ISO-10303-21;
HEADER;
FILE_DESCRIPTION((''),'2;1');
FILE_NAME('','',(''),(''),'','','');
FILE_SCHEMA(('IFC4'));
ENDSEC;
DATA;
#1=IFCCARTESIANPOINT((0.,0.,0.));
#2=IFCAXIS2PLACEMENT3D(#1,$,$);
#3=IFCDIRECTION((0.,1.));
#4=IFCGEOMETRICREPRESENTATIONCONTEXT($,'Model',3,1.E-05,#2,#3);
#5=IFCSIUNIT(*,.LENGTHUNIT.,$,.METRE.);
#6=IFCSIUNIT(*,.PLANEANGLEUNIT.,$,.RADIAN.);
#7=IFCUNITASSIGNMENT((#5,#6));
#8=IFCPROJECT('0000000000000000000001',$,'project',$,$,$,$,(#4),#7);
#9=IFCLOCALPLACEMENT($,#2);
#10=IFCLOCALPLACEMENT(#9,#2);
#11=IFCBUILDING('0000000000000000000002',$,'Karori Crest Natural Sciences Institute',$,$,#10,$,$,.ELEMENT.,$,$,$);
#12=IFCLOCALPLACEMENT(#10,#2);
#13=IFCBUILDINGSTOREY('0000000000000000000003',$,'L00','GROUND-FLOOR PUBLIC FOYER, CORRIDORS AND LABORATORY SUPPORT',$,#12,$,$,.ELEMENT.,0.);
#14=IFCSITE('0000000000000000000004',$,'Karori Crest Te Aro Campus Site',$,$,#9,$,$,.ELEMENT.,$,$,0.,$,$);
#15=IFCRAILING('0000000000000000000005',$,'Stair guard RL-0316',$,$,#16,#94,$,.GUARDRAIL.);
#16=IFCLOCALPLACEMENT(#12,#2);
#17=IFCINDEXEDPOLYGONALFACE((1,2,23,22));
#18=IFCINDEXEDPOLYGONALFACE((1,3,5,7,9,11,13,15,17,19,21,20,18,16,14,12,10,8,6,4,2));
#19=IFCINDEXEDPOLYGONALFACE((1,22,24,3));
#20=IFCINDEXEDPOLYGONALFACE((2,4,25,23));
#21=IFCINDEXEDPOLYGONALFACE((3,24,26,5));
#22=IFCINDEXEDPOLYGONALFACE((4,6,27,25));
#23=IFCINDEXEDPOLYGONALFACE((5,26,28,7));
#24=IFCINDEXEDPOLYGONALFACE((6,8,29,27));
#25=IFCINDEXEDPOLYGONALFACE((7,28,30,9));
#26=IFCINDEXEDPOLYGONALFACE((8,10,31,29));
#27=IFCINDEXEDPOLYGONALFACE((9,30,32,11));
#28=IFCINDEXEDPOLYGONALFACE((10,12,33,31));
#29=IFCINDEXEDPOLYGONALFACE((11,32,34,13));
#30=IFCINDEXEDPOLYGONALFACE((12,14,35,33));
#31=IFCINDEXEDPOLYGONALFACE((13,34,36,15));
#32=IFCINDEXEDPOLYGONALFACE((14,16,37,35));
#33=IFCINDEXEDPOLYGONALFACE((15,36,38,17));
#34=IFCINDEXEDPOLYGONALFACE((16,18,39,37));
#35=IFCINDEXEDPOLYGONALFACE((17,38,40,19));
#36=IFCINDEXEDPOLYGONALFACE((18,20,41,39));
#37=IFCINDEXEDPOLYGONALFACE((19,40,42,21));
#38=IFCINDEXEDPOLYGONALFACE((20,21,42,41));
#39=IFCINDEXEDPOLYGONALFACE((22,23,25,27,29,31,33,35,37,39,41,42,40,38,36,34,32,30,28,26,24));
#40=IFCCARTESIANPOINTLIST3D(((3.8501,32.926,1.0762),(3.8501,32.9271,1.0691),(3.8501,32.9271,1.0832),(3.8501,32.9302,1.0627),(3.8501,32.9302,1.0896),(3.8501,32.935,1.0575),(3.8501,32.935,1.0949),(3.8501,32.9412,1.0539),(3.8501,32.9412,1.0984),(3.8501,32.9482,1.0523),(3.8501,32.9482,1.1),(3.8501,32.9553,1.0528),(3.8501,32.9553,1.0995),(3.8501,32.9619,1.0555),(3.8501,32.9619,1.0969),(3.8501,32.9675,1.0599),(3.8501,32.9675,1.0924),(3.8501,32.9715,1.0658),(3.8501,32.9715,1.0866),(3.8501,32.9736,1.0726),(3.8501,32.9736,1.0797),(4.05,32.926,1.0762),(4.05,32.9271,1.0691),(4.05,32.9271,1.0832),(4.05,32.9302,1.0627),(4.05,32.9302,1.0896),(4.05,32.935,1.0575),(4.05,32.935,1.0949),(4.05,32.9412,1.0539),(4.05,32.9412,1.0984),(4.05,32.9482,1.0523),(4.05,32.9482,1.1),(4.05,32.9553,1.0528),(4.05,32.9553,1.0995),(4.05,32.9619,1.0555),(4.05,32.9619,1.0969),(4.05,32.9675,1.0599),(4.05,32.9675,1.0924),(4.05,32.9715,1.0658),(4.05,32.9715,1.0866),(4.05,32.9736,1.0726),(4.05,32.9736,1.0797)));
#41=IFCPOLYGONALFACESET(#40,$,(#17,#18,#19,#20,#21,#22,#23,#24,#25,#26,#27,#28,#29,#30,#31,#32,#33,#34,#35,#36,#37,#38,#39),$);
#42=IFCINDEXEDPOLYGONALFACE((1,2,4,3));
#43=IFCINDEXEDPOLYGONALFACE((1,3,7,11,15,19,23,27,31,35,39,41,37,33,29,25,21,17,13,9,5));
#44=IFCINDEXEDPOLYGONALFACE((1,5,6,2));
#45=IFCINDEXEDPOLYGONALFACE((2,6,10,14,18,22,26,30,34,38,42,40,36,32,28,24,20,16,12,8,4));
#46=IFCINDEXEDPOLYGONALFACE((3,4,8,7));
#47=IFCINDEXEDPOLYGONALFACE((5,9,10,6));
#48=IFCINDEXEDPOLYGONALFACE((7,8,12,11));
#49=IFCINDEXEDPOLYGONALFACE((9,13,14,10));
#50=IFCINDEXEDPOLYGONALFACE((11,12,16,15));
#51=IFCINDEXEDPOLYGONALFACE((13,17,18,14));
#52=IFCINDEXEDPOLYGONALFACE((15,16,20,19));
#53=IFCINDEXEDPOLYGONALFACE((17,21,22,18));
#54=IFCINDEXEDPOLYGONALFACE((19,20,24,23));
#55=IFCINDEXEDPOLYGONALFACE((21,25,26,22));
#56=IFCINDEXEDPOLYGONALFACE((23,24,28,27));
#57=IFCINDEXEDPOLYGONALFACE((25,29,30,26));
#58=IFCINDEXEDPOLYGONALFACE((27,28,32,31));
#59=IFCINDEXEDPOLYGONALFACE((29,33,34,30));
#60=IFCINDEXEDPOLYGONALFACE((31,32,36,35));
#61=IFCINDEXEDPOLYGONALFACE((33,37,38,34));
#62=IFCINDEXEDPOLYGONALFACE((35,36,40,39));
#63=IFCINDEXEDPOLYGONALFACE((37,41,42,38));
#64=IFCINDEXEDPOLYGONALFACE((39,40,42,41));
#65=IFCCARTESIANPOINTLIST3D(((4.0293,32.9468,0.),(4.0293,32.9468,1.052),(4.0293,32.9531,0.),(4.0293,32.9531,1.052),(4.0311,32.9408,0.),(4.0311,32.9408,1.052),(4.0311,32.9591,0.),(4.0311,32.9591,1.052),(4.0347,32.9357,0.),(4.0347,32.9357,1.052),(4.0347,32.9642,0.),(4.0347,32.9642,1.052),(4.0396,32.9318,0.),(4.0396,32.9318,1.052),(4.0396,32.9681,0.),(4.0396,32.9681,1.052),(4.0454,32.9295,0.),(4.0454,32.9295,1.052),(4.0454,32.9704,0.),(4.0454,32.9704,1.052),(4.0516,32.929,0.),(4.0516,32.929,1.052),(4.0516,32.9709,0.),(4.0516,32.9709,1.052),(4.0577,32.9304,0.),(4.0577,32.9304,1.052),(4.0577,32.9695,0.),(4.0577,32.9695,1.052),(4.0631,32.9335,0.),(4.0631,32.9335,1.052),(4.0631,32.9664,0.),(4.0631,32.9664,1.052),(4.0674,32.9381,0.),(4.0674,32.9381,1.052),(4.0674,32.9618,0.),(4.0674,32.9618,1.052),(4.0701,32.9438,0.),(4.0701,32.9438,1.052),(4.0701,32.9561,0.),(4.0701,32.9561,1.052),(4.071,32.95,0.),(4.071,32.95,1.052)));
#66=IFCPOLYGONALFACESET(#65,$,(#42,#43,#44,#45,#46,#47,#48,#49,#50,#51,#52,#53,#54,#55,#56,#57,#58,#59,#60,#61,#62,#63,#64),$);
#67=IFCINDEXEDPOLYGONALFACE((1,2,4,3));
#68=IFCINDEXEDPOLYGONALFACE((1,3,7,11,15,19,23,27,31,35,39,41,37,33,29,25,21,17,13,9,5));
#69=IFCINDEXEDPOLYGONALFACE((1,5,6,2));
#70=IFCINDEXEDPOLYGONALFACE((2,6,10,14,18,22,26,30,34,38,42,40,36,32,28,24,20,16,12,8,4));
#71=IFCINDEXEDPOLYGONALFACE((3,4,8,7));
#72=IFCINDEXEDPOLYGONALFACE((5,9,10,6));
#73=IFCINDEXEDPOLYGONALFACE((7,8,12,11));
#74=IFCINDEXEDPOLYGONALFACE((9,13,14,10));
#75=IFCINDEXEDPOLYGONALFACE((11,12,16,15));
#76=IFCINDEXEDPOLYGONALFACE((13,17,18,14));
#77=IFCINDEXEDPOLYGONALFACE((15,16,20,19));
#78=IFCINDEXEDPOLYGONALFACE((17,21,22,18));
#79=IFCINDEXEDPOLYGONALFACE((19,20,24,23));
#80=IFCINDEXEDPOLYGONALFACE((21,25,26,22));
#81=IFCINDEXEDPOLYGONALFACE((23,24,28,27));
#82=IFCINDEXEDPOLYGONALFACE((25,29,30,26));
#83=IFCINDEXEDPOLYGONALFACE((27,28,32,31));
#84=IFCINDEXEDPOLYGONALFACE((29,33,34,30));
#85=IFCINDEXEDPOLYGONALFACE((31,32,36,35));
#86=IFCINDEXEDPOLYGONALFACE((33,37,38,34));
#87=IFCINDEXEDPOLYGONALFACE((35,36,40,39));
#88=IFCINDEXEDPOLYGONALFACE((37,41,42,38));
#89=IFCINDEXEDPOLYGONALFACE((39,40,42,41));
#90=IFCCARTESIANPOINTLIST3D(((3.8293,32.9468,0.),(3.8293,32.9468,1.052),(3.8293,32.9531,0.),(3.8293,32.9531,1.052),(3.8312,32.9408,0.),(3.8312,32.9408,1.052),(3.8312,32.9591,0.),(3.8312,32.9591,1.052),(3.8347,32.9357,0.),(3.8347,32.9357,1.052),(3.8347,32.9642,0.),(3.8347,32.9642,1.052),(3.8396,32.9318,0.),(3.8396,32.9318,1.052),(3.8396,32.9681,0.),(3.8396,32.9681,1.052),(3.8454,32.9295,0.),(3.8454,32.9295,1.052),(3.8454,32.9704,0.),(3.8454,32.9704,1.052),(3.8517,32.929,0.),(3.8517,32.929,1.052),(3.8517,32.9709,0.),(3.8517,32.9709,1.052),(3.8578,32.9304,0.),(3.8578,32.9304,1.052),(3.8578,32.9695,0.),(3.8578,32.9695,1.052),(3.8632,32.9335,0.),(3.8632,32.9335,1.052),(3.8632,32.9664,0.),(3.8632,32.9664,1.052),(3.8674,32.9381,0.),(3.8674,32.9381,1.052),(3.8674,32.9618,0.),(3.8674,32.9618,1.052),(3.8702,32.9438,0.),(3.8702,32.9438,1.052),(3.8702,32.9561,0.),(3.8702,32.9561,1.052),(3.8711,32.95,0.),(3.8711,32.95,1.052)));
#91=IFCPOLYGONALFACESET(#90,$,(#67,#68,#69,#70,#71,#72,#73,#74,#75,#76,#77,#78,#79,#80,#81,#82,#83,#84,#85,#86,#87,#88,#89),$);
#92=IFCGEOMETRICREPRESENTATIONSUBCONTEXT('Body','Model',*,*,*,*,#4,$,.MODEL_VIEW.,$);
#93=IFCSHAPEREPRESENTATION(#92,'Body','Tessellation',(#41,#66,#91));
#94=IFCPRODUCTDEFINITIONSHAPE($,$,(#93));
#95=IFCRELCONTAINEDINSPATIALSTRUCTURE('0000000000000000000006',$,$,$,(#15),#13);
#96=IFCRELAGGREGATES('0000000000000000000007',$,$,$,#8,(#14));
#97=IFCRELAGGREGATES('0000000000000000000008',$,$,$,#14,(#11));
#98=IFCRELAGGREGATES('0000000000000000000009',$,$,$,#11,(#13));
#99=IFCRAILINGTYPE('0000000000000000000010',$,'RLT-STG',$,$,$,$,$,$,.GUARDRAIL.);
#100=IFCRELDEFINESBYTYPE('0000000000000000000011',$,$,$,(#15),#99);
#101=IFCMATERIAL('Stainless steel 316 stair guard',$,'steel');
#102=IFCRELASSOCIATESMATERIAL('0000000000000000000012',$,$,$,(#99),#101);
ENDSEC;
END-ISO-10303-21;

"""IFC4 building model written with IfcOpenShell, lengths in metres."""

from ifc_helpers import new_model, si_unit, direction, frame, origin, origin_2d, place, context, subcontext, project, spatial, circle, extrude, material, type_object, element, save


model = new_model("IFC4")

# Units and contexts
model_context = context("Model", 3, precision=1e-05, world=origin(), true_north=direction((0.0, 1.0)))
body_context = subcontext(model_context, "Body", "Model", "MODEL_VIEW")
ifc_project = project(units=[si_unit("LENGTHUNIT", "METRE"), si_unit("PLANEANGLEUNIT", "RADIAN")], contexts=[model_context])

# Site, building, storey
site_placement = place(None, origin())
site = spatial("IfcSite", under=ifc_project, at=site_placement, Name="Karori Crest Te Aro Campus Site", CompositionType="ELEMENT", RefElevation=0.0)
building_placement = place(site_placement, origin())
building = spatial("IfcBuilding", under=site, at=building_placement, Name="Karori Crest Natural Sciences Institute", CompositionType="ELEMENT")
storey_placement = place(building_placement, origin())
storey = spatial("IfcBuildingStorey", under=building, at=storey_placement, Name="L00", Description="GROUND-FLOOR PUBLIC FOYER, CORRIDORS AND LABORATORY SUPPORT", CompositionType="ELEMENT", Elevation=0.0)

# Railing
ifc_material_1 = material(Name="Stainless steel 316 stair guard", Category="steel")
railing_type_1 = type_object("IfcRailingType", Name="RLT-STG", PredefinedType="GUARDRAIL", material=ifc_material_1)
railing_1_placement = place(storey_placement, frame((4.05, 32.95, 0.0)))
element("IfcRailing", 1, at=railing_1_placement, inside=storey, type_object=railing_type_1, Name="Stair guard RL-0316", PredefinedType="GUARDRAIL", context=body_context, shape_type="SweptSolid", body=[
    extrude(circle(Radius=0.0239, at=origin_2d()), frame((0.0, 0.0, 1.0762), z_axis=(-1.0, 0.0, 0.0), x_axis=(0.0, -1.0, 0.0)), (0.0, 0.0, 1.0), 0.2),
    extrude(circle(Radius=0.021, at=origin_2d()), origin(), (0.0, 0.0, 1.0), 1.052),
    extrude(circle(Radius=0.021, at=origin_2d()), frame((-0.2, 0.0, 0.0)), (0.0, 0.0, 1.0), 1.052),
])

save(model, "model.ifc")
